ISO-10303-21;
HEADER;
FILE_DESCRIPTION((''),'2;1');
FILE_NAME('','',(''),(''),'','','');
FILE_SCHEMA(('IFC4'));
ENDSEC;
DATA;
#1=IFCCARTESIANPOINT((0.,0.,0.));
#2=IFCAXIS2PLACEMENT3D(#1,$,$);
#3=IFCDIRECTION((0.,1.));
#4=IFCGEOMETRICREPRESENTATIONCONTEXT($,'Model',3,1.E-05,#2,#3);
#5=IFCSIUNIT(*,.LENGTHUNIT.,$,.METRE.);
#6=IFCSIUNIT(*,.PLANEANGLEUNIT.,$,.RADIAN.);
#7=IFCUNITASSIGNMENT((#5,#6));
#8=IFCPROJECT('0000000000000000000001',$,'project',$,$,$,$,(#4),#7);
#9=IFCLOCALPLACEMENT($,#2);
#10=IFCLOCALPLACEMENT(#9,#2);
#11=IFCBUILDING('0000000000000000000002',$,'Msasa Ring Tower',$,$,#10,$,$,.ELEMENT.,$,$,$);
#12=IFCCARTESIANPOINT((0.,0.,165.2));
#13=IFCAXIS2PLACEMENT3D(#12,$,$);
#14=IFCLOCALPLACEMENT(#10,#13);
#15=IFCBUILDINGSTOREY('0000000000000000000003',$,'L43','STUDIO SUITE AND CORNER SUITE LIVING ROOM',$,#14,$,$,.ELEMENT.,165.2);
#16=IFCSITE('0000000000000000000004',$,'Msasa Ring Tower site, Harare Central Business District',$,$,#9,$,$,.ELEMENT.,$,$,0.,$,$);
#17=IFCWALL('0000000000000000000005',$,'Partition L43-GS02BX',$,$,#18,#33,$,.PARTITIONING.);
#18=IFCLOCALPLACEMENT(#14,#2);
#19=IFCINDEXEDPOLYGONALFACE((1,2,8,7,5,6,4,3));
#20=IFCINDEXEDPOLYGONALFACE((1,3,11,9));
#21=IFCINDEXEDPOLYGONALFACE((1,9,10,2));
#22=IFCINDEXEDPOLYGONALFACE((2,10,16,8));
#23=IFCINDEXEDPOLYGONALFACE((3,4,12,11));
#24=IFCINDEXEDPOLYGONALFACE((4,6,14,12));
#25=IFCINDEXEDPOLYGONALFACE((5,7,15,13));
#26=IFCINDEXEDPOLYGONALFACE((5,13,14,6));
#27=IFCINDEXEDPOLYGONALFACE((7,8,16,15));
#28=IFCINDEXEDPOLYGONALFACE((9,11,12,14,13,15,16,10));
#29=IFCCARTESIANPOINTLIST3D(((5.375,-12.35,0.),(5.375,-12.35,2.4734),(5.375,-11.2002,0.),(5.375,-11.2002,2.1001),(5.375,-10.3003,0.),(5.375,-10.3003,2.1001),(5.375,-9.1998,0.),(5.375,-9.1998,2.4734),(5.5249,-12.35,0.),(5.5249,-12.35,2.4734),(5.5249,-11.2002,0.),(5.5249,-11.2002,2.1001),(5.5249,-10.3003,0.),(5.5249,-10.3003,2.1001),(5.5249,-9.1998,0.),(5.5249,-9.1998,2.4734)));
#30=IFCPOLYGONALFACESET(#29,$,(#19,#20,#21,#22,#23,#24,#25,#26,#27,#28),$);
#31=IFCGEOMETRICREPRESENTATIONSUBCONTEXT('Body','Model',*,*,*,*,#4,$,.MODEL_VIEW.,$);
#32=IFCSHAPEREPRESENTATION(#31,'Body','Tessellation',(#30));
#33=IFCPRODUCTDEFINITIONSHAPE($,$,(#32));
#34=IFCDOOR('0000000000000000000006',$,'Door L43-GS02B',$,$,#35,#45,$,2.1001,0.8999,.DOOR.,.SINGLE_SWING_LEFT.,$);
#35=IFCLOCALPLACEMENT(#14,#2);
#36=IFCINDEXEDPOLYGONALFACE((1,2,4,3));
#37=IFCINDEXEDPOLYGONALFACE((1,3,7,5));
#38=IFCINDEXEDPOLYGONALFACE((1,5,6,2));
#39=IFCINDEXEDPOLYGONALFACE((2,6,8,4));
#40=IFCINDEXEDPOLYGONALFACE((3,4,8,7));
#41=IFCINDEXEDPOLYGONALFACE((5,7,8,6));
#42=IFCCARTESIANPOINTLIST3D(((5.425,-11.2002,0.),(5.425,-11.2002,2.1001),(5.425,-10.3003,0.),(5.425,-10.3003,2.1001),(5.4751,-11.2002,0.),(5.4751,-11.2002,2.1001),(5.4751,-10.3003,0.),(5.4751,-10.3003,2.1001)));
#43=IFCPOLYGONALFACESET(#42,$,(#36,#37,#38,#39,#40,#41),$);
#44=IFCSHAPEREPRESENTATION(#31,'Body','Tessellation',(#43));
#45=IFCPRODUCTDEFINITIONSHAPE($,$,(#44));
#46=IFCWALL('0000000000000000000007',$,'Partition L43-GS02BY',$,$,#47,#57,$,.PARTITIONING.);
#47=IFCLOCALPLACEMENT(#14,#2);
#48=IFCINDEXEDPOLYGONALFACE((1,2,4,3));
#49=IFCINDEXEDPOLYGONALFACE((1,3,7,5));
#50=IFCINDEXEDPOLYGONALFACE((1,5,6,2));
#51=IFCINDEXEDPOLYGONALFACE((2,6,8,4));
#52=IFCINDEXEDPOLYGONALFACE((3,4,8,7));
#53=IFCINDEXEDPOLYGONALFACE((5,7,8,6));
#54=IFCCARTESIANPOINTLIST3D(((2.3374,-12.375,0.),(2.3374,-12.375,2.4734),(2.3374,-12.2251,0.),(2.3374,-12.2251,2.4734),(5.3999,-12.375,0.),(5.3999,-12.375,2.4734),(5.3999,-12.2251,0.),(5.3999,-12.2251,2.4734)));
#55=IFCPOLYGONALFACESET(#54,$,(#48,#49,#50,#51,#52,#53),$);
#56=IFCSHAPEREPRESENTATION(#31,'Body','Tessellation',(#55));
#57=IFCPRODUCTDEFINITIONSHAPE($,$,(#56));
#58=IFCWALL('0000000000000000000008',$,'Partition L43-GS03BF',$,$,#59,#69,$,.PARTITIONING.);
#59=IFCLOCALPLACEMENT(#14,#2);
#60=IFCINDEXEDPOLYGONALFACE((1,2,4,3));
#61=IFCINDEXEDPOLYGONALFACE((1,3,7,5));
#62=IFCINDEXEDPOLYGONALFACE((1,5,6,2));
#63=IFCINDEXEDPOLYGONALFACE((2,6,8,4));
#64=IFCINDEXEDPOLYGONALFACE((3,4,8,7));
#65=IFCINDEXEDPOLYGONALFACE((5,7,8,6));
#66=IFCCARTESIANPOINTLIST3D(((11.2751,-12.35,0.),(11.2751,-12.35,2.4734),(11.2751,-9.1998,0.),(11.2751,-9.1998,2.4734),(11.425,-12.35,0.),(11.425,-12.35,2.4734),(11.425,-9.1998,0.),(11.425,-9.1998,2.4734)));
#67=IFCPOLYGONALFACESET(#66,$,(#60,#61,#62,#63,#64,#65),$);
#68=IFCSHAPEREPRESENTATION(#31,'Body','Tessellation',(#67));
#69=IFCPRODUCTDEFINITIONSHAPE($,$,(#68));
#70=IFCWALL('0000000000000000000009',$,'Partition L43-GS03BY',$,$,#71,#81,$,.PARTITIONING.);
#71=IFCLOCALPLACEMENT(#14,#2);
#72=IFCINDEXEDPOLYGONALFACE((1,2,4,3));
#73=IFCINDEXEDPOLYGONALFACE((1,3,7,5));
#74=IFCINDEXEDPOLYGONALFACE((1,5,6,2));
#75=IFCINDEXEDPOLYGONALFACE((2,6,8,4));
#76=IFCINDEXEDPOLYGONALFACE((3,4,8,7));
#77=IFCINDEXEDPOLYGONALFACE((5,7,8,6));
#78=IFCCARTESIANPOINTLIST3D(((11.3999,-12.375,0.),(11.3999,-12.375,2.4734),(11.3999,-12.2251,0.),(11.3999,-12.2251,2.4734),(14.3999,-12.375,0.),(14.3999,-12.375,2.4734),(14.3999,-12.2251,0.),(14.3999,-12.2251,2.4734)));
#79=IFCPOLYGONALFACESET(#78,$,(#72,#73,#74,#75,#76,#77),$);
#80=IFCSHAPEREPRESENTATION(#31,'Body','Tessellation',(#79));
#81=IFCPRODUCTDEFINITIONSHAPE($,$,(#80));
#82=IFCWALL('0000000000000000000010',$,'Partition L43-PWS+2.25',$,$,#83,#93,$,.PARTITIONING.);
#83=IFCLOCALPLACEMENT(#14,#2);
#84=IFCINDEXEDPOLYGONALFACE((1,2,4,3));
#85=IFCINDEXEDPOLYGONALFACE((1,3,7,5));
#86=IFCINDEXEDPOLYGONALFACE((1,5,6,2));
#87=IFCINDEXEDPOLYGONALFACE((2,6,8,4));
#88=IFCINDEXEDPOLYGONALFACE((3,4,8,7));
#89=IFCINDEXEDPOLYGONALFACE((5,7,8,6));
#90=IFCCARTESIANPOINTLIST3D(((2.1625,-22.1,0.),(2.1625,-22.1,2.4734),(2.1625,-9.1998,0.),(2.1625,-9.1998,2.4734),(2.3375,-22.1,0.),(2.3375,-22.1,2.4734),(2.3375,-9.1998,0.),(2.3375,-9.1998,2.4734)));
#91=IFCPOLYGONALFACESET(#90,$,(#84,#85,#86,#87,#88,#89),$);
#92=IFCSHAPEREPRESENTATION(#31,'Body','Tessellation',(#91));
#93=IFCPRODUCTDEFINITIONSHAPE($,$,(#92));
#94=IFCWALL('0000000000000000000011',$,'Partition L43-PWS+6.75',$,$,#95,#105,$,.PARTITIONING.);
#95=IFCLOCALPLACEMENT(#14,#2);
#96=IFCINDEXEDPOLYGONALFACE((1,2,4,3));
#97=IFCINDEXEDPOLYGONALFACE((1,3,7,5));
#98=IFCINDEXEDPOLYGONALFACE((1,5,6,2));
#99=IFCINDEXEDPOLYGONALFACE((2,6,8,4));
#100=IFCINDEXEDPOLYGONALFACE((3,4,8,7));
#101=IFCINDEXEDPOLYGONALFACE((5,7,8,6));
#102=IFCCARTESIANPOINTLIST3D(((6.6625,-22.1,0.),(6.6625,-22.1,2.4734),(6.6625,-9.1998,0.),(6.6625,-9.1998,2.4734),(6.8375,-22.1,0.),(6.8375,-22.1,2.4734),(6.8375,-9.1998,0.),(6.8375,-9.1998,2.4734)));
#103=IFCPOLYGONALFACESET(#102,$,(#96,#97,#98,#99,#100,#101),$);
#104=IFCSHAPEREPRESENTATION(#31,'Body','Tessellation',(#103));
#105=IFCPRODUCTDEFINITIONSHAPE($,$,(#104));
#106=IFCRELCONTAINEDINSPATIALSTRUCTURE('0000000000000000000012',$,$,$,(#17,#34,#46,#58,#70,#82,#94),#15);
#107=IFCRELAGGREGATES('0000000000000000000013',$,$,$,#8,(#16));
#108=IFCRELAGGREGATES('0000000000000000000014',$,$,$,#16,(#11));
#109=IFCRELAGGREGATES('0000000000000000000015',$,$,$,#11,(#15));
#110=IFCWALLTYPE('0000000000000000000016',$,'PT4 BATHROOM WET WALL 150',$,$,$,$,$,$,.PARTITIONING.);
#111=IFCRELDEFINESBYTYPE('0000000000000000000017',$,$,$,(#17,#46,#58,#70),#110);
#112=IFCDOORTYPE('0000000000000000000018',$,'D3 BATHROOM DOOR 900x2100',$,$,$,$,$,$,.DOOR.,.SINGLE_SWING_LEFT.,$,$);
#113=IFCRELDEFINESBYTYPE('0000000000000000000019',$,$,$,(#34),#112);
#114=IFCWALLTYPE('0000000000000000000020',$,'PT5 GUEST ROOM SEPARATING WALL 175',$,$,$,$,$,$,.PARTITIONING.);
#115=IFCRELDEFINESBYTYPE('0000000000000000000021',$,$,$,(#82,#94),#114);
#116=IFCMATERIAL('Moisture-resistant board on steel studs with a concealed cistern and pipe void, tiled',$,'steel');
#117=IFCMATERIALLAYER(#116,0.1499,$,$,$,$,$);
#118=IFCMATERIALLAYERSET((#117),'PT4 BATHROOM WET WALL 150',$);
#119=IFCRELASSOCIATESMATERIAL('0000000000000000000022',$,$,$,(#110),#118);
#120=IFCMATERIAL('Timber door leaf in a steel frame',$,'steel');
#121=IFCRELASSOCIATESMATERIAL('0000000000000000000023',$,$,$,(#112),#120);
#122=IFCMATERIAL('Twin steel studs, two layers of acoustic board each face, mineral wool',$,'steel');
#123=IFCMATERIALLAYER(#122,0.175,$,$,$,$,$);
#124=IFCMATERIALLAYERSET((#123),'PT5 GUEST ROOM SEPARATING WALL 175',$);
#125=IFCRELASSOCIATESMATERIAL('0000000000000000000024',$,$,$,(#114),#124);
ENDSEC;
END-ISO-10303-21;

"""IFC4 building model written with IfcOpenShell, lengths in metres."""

from ifc_helpers import new_model, si_unit, direction, frame, frame_2d, origin, place, context, subcontext, project, spatial, rectangle, extrude, material, layer, layer_set, type_object, element, fill, save


model = new_model("IFC4")

# Units and contexts
model_context = context("Model", 3, precision=1e-05, world=origin(), true_north=direction((0.0, 1.0)))
body_context = subcontext(model_context, "Body", "Model", "MODEL_VIEW")
ifc_project = project(units=[si_unit("LENGTHUNIT", "METRE"), si_unit("PLANEANGLEUNIT", "RADIAN")], contexts=[model_context])

# Site, building, storey
site_placement = place(None, origin())
site = spatial("IfcSite", under=ifc_project, at=site_placement, Name="Msasa Ring Tower site, Harare Central Business District", CompositionType="ELEMENT", RefElevation=0.0)
building_placement = place(site_placement, origin())
building = spatial("IfcBuilding", under=site, at=building_placement, Name="Msasa Ring Tower", CompositionType="ELEMENT")
storey_placement = place(building_placement, frame((0.0, 0.0, 165.2)))
storey = spatial("IfcBuildingStorey", under=building, at=storey_placement, Name="L43", Description="STUDIO SUITE AND CORNER SUITE LIVING ROOM", CompositionType="ELEMENT", Elevation=165.2)

# Wall, opening, door
ifc_material_1 = material(Name="Moisture-resistant board on steel studs with a concealed cistern and pipe void, tiled", Category="steel")
ifc_layer_1 = layer(ifc_material_1, 0.1499)
ifc_layer_set_1 = layer_set([ifc_layer_1], Name="PT4 BATHROOM WET WALL 150")
wall_type_1 = type_object("IfcWallType", Name="PT4 BATHROOM WET WALL 150", PredefinedType="PARTITIONING", material=ifc_layer_set_1)
ifc_material_2 = material(Name="Timber door leaf in a steel frame", Category="steel")
door_type = type_object("IfcDoorType", Name="D3 BATHROOM DOOR 900x2100", OperationType="SINGLE_SWING_LEFT", PredefinedType="DOOR", material=ifc_material_2)
wall_1_placement = place(storey_placement, frame((5.45, -12.3501, 0.0), z_axis=(0.0, 0.0, 1.0), x_axis=(0.0, 1.0, 0.0)))
wall_1 = element("IfcWall", 1, at=wall_1_placement, inside=storey, type_object=wall_type_1, Name="Partition L43-GS02BX", PredefinedType="PARTITIONING", context=body_context, shape_type="SweptSolid", body=[
    extrude(rectangle(XDim=3.1501, YDim=0.1499, at=frame_2d((1.5752, 0.0))), origin(), (0.0, 0.0, 1.0), 2.4734),
])
opening_1_placement = place(wall_1_placement, frame((1.1499, 0.0, 0.0)))
opening_1 = element("IfcOpeningElement", 2, at=opening_1_placement, cuts=wall_1, PredefinedType="OPENING", context=body_context, shape_type="SweptSolid", body=[
    extrude(rectangle(XDim=0.8999, YDim=2.1001, at=frame_2d((0.45, 1.05))), frame((0.0, 0.085, 0.0), z_axis=(0.0, -1.0, 0.0), x_axis=(1.0, 0.0, 0.0)), (0.0, 0.0, 1.0), 0.1699),
])
door_1_placement = place(opening_1_placement, origin())
door_1 = element("IfcDoor", 3, at=door_1_placement, inside=storey, type_object=door_type, Name="Door L43-GS02B", OperationType="SINGLE_SWING_LEFT", OverallHeight=2.1001, OverallWidth=0.8999, PredefinedType="DOOR", context=body_context, shape_type="SweptSolid", body=[
    extrude(rectangle(XDim=0.8999, YDim=2.1001, at=frame_2d((0.45, 1.05))), frame((0.0, 0.0249, 0.0), z_axis=(0.0, -1.0, 0.0), x_axis=(1.0, 0.0, 0.0)), (0.0, 0.0, 1.0), 0.05),
])
fill(opening_1, door_1)

# Walls
wall_2_placement = place(storey_placement, frame((2.3374, -12.3, 0.0), z_axis=(0.0, 0.0, 1.0), x_axis=(1.0, 0.0, 0.0)))
element("IfcWall", 4, at=wall_2_placement, inside=storey, type_object=wall_type_1, Name="Partition L43-GS02BY", PredefinedType="PARTITIONING", context=body_context, shape_type="SweptSolid", body=[
    extrude(rectangle(XDim=3.0625, YDim=0.1499, at=frame_2d((1.5312, 0.0))), origin(), (0.0, 0.0, 1.0), 2.4734),
])
wall_3_placement = place(storey_placement, frame((11.3501, -12.3501, 0.0), z_axis=(0.0, 0.0, 1.0), x_axis=(0.0, 1.0, 0.0)))
element("IfcWall", 5, at=wall_3_placement, inside=storey, type_object=wall_type_1, Name="Partition L43-GS03BF", PredefinedType="PARTITIONING", context=body_context, shape_type="SweptSolid", body=[
    extrude(rectangle(XDim=3.1501, YDim=0.1499, at=frame_2d((1.5752, 0.0))), origin(), (0.0, 0.0, 1.0), 2.4734),
])
wall_4_placement = place(storey_placement, frame((11.3999, -12.3, 0.0), z_axis=(0.0, 0.0, 1.0), x_axis=(1.0, 0.0, 0.0)))
element("IfcWall", 6, at=wall_4_placement, inside=storey, type_object=wall_type_1, Name="Partition L43-GS03BY", PredefinedType="PARTITIONING", context=body_context, shape_type="SweptSolid", body=[
    extrude(rectangle(XDim=3.0, YDim=0.1499, at=frame_2d((1.5, 0.0))), origin(), (0.0, 0.0, 1.0), 2.4734),
])
ifc_material_3 = material(Name="Twin steel studs, two layers of acoustic board each face, mineral wool", Category="steel")
ifc_layer_2 = layer(ifc_material_3, 0.175)
ifc_layer_set_2 = layer_set([ifc_layer_2], Name="PT5 GUEST ROOM SEPARATING WALL 175")
wall_type_2 = type_object("IfcWallType", Name="PT5 GUEST ROOM SEPARATING WALL 175", PredefinedType="PARTITIONING", material=ifc_layer_set_2)
for number, where, z_axis, x_axis, name in (
    (7, (2.25, -22.1001, 0.0), (0.0, 0.0, 1.0), (0.0, 1.0, 0.0), "Partition L43-PWS+2.25"),
    (8, (6.75, -22.1001, 0.0), (0.0, 0.0, 1.0), (0.0, 1.0, 0.0), "Partition L43-PWS+6.75"),
):
    element("IfcWall", number, at=place(storey_placement, frame(where, z_axis=z_axis, x_axis=x_axis)), inside=storey, type_object=wall_type_2, Name=name, PredefinedType="PARTITIONING", context=body_context, shape_type="SweptSolid", body=[
        extrude(rectangle(XDim=12.9001, YDim=0.175, at=frame_2d((6.4502, 0.0))), origin(), (0.0, 0.0, 1.0), 2.4734),
    ])

save(model, "model.ifc")
